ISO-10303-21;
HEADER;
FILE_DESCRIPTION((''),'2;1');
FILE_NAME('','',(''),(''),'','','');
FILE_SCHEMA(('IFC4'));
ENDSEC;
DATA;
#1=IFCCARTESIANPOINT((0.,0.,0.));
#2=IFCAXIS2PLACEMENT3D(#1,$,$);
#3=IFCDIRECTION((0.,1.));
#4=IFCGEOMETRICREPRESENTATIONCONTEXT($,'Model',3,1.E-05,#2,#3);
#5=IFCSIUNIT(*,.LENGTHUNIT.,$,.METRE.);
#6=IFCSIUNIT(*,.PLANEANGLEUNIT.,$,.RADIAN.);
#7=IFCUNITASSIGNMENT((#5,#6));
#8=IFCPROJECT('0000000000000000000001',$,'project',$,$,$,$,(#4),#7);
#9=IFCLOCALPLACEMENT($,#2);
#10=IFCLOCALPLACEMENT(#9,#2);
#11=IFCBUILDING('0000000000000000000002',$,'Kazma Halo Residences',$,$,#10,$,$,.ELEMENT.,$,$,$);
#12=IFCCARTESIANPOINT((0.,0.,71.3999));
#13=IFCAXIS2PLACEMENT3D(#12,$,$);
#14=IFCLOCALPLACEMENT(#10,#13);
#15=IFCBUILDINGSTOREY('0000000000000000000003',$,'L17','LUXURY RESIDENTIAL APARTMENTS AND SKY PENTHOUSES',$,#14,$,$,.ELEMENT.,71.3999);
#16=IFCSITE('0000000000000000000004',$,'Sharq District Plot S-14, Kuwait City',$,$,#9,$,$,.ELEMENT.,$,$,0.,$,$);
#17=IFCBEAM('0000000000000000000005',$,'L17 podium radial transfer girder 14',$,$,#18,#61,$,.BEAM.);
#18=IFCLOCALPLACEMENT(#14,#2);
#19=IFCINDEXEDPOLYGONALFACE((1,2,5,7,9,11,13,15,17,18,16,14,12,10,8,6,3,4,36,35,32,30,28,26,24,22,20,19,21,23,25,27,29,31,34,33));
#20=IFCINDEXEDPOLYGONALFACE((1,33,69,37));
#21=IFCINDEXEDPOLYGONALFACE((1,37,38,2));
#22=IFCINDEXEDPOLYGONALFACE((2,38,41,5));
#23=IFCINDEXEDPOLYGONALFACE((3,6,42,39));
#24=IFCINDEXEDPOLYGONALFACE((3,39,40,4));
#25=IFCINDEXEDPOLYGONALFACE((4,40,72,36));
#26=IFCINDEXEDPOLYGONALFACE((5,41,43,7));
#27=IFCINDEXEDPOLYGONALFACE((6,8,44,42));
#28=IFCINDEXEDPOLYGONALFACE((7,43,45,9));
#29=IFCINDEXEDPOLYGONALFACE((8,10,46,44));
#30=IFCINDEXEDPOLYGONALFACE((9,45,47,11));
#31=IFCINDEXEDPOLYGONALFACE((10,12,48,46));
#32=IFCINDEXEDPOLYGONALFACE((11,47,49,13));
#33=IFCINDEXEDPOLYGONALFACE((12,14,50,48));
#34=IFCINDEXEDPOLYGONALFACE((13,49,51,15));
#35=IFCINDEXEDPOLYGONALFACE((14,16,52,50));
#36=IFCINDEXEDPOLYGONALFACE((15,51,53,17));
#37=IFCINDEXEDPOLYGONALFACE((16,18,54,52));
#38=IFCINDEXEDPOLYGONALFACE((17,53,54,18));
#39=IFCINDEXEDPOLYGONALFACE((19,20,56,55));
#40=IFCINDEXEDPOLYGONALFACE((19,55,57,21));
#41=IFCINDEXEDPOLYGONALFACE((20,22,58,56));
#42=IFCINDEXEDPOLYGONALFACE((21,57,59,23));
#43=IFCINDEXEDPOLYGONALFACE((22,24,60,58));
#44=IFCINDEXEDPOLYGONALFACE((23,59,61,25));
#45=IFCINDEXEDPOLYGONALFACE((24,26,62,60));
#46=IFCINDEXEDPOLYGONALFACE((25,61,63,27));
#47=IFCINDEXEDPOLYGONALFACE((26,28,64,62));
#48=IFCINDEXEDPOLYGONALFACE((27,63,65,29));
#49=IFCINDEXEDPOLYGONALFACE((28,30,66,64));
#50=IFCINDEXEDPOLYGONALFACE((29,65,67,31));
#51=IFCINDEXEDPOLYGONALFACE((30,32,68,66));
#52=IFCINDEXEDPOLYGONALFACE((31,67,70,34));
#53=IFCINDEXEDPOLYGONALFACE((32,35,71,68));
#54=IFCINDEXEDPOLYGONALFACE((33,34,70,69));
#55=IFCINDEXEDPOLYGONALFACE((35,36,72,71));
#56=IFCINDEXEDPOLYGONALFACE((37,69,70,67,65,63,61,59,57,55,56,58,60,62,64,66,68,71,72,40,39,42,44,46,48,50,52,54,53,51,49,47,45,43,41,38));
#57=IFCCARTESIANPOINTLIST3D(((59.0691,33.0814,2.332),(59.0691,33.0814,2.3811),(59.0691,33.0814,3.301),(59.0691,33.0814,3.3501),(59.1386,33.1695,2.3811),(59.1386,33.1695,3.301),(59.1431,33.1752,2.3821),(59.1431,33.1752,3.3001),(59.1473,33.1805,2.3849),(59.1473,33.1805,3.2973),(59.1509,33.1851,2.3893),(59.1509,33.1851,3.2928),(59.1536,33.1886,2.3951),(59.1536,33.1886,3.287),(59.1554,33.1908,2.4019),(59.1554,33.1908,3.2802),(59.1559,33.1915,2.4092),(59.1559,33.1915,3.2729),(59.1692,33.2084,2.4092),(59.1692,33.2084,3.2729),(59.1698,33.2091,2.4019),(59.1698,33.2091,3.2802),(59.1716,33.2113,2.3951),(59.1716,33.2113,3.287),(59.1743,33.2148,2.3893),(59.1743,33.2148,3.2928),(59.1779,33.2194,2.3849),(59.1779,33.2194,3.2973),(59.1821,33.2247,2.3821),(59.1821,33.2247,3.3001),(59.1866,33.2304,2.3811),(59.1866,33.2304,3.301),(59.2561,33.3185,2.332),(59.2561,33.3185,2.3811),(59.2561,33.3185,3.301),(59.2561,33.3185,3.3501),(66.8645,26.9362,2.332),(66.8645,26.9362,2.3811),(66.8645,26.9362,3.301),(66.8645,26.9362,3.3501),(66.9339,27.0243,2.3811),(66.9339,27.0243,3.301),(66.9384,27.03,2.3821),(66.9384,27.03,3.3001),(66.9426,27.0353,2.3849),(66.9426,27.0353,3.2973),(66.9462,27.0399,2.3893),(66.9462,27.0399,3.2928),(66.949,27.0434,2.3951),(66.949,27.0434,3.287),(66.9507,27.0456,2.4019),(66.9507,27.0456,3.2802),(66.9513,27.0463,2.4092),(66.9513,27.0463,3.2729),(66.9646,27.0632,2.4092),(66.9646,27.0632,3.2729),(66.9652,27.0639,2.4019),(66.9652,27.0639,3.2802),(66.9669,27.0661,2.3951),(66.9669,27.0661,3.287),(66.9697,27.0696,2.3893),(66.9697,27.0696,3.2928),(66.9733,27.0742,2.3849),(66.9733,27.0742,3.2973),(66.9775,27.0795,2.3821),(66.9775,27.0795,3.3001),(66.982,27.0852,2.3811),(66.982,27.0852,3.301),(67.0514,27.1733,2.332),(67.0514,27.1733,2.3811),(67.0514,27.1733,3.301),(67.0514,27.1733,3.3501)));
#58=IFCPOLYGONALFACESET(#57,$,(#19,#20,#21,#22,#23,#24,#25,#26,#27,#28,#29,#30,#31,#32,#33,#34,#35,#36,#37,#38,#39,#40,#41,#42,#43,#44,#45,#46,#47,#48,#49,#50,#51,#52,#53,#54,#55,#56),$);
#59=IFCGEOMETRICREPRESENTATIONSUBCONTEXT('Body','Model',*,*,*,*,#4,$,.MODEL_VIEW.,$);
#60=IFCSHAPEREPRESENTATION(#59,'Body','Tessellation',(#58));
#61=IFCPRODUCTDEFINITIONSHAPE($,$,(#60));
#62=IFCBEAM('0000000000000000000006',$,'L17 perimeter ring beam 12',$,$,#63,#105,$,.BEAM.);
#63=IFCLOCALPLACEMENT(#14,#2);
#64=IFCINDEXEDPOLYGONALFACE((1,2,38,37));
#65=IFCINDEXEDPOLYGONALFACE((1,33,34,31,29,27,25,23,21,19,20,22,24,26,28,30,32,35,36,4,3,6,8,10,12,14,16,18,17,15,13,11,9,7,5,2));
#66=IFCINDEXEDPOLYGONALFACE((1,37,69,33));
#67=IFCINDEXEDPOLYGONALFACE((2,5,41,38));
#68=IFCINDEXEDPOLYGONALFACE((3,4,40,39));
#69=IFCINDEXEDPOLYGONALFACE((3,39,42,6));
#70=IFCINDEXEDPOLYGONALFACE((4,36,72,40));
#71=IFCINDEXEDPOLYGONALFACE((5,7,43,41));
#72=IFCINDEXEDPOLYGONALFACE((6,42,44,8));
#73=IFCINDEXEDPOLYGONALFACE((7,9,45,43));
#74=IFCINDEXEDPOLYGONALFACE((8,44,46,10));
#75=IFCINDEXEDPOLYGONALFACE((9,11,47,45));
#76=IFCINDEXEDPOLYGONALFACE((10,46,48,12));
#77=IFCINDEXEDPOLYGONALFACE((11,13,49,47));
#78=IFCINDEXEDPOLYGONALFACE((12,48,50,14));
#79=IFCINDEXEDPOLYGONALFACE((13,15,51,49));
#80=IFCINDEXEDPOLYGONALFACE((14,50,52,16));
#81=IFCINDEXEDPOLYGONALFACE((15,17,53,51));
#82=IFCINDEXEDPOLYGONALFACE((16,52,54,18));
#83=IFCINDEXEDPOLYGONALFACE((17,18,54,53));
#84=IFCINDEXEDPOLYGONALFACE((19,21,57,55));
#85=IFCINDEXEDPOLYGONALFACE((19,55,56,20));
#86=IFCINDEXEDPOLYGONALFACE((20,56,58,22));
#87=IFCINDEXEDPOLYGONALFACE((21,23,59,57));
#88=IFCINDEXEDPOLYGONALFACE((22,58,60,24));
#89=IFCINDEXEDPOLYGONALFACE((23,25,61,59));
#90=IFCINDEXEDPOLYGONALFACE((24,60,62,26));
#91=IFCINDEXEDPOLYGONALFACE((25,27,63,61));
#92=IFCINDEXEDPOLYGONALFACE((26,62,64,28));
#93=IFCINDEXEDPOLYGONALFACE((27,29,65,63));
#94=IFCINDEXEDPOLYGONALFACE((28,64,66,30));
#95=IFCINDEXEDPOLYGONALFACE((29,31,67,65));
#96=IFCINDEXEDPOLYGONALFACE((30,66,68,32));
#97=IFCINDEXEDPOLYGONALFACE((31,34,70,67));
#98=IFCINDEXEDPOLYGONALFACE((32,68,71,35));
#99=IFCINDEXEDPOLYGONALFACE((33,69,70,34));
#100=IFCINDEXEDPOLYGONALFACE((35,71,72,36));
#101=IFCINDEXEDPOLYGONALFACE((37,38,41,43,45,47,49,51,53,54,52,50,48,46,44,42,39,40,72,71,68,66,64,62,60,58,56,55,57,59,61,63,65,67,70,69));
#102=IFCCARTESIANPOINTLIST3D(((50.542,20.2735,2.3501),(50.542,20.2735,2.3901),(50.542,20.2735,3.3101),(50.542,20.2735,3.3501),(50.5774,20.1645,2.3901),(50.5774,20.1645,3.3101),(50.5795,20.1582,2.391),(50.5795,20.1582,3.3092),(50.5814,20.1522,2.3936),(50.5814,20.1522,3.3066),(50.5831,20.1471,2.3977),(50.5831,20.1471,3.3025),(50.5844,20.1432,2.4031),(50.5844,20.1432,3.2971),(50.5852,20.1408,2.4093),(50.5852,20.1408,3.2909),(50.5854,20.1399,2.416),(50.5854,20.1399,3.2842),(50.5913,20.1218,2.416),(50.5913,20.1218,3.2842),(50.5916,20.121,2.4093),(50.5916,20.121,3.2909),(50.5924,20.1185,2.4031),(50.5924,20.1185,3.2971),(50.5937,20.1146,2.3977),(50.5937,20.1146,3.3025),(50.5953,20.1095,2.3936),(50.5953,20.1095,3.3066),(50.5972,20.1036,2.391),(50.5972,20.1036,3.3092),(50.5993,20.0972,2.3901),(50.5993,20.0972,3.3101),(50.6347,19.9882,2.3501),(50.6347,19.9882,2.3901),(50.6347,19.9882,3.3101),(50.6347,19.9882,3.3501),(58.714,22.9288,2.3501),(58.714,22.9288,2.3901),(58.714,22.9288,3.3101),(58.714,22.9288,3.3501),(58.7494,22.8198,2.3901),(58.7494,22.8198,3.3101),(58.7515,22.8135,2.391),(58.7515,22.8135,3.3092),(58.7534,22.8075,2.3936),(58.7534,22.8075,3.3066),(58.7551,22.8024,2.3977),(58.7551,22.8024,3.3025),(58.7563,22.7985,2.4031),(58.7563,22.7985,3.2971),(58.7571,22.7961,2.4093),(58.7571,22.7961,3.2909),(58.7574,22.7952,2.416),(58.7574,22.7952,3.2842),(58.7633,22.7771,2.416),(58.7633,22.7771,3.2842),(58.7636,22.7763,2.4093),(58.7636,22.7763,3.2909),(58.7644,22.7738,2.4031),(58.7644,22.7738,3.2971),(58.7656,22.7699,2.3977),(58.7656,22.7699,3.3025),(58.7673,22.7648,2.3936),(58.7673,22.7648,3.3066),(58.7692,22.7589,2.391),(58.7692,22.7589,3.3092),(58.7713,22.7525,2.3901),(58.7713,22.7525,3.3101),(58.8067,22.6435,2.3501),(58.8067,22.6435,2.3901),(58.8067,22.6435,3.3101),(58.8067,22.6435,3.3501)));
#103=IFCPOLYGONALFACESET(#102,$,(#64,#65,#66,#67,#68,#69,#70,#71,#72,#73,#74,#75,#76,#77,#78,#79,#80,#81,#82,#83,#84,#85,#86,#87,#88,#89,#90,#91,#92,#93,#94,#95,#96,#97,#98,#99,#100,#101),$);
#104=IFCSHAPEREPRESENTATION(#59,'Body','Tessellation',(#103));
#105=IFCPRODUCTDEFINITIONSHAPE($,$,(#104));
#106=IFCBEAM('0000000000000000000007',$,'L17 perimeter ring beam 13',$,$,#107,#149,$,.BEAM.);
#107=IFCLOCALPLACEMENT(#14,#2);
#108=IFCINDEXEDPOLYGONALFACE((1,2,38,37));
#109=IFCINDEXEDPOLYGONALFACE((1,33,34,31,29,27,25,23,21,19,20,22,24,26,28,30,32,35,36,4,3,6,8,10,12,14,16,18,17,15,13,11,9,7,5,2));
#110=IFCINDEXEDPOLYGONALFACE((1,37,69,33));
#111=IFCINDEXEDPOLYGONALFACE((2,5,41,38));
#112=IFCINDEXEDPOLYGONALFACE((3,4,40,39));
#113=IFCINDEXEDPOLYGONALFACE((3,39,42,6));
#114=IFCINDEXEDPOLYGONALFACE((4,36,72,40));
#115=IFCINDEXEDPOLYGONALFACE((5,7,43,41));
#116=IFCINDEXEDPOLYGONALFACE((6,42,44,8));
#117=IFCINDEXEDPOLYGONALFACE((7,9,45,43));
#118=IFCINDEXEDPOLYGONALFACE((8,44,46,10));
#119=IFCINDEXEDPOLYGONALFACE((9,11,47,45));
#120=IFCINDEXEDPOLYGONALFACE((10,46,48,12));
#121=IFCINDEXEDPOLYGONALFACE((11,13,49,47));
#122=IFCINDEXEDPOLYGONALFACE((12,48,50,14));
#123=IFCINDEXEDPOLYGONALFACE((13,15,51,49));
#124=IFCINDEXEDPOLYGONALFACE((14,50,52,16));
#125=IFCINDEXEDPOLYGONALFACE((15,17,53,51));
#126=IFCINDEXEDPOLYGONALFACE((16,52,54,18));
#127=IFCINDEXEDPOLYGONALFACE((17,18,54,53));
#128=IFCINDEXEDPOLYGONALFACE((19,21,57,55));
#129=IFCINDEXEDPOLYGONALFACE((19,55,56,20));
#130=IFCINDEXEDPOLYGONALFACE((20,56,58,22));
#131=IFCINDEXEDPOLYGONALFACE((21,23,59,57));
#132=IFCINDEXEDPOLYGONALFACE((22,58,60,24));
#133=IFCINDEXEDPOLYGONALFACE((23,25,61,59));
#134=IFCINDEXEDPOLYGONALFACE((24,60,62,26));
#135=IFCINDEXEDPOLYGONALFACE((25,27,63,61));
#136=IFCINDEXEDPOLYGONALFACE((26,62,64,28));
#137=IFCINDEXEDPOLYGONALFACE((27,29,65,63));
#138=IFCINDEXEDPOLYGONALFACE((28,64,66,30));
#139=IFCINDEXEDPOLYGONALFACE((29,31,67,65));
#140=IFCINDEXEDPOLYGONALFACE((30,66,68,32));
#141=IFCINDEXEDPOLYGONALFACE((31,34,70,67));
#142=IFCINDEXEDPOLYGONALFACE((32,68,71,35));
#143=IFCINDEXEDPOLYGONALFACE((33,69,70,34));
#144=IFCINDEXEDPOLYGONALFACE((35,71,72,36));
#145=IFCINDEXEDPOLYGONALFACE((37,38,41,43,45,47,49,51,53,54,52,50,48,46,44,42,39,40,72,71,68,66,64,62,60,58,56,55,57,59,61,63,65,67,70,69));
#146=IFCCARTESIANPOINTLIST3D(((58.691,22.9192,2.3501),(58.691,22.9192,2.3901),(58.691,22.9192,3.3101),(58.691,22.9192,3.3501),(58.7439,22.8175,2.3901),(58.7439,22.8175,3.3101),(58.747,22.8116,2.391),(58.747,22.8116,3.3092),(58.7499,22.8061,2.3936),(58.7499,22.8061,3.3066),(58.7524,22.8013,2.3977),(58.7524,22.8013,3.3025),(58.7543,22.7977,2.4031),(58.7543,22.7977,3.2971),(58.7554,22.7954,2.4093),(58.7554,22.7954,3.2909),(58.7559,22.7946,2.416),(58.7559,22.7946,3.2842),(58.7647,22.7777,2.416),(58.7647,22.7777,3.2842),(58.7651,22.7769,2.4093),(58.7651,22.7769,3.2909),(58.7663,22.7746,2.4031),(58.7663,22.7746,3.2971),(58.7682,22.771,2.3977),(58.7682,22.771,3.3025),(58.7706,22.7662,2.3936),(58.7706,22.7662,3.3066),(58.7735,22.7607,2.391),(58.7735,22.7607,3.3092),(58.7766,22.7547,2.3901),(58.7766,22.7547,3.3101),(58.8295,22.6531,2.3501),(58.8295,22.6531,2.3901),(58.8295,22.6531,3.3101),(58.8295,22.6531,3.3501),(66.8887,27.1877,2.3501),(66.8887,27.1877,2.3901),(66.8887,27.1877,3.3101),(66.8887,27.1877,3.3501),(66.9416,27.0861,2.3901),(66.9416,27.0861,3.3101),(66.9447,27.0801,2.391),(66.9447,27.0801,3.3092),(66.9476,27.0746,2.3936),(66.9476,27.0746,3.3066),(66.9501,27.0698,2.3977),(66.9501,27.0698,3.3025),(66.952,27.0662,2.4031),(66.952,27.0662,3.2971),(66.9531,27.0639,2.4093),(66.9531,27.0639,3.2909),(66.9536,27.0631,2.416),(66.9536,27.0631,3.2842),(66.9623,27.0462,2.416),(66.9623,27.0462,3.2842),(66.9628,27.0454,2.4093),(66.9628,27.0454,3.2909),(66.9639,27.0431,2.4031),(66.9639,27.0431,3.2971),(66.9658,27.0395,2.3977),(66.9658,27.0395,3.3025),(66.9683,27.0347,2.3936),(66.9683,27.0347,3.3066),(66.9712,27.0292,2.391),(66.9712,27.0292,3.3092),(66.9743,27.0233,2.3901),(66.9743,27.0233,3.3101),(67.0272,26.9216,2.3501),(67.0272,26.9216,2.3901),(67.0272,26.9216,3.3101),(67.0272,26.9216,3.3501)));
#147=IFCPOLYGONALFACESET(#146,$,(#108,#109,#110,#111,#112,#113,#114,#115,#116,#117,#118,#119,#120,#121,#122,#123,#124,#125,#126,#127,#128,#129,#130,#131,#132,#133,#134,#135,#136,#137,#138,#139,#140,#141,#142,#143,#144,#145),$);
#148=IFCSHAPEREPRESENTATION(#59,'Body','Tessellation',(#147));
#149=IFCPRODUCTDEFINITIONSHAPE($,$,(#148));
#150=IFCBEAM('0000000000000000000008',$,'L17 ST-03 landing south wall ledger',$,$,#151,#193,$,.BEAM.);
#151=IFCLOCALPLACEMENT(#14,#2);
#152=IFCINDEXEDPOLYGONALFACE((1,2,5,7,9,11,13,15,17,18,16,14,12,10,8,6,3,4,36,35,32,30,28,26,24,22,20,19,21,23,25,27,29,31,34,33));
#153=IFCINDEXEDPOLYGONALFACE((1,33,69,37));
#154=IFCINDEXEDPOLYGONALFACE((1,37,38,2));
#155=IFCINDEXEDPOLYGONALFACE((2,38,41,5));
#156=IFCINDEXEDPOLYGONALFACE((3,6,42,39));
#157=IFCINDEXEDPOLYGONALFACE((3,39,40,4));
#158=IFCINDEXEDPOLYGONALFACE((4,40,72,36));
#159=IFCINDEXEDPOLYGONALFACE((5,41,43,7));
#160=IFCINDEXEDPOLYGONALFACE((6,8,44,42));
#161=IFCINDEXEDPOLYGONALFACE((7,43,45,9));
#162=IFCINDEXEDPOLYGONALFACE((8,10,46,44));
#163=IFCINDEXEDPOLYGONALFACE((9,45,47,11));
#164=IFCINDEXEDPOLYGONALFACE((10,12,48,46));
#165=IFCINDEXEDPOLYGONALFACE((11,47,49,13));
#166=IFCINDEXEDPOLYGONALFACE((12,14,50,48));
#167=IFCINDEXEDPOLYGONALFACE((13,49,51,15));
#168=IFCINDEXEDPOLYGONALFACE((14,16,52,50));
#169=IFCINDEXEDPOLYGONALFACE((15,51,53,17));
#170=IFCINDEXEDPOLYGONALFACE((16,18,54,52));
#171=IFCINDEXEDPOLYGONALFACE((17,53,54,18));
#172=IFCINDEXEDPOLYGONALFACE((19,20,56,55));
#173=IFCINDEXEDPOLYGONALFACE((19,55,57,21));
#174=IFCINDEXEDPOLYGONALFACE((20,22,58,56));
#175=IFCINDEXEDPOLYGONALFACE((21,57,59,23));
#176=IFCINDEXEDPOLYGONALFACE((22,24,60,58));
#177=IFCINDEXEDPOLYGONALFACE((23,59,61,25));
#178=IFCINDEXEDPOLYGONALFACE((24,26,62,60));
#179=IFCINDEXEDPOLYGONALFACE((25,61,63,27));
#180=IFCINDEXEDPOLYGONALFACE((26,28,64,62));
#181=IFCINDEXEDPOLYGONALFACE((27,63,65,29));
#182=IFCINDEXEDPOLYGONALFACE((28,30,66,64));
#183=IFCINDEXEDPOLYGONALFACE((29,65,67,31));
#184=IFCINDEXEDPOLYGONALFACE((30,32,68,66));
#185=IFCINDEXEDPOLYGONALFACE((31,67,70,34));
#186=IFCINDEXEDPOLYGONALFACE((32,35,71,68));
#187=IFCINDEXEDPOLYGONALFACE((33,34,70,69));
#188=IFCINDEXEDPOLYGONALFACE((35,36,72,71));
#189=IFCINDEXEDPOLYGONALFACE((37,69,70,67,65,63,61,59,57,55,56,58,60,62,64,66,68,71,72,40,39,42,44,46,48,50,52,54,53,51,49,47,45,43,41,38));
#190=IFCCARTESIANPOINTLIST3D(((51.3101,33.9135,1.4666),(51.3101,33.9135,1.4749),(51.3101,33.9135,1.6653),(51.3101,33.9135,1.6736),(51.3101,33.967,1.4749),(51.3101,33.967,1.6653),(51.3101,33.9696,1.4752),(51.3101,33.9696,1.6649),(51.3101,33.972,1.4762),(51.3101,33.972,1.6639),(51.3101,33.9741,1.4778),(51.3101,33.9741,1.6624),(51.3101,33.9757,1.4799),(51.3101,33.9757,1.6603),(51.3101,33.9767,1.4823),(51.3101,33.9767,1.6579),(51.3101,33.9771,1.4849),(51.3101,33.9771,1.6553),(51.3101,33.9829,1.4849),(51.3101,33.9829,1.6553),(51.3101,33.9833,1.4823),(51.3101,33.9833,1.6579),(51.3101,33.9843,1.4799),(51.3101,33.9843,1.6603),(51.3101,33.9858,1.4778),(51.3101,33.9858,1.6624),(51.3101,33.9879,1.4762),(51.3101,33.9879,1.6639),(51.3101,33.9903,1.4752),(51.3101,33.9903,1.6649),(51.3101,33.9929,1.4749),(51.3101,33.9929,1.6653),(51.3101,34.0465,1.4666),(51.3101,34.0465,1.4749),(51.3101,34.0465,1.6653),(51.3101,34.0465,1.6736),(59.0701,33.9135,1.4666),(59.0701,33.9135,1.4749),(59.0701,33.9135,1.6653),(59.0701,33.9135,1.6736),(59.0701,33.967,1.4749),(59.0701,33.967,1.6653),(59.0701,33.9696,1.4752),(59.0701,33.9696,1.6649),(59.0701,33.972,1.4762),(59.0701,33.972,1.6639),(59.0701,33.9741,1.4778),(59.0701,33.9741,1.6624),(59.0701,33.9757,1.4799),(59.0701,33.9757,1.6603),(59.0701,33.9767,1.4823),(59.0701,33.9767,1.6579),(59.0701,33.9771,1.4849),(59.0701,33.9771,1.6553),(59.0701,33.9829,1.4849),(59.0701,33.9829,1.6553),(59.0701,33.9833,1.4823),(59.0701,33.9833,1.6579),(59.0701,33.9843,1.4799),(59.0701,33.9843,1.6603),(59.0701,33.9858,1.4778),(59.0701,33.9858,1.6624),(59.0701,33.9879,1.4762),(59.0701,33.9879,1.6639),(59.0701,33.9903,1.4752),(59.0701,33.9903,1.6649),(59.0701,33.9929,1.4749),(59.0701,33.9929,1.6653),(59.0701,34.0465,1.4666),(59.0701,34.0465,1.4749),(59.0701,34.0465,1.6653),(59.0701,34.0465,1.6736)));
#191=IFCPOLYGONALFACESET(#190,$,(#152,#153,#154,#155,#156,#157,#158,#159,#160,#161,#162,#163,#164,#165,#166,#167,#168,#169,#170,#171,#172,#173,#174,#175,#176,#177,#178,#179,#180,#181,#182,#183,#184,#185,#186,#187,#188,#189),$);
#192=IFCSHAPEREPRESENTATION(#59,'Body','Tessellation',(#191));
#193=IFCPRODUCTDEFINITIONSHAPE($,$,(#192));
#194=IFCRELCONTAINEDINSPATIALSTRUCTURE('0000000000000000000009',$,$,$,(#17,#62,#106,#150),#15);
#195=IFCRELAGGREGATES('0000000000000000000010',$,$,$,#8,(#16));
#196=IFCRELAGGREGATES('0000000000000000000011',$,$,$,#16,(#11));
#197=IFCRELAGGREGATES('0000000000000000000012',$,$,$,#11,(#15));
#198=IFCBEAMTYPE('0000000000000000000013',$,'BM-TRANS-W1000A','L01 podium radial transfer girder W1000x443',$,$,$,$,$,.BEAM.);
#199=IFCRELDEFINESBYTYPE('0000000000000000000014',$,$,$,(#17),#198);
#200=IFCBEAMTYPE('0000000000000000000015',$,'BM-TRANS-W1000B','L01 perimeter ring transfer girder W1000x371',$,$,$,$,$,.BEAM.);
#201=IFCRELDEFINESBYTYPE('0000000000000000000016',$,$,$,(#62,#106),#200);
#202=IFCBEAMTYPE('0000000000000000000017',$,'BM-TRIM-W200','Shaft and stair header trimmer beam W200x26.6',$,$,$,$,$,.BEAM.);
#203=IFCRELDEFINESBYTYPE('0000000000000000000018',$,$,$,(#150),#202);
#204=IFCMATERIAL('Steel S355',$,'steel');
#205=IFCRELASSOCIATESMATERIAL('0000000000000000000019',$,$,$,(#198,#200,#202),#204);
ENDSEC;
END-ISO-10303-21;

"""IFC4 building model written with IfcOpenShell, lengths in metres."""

from ifc_helpers import new_model, si_unit, direction, frame, origin, origin_2d, place, context, subcontext, project, spatial, i_section, extrude, material, material_profile, profile_set, type_object, element, save


model = new_model("IFC4")

# Units and contexts
model_context = context("Model", 3, precision=1e-05, world=origin(), true_north=direction((0.0, 1.0)))
body_context = subcontext(model_context, "Body", "Model", "MODEL_VIEW")
ifc_project = project(units=[si_unit("LENGTHUNIT", "METRE"), si_unit("PLANEANGLEUNIT", "RADIAN")], contexts=[model_context])

# Site, building, storey
site_placement = place(None, origin())
site = spatial("IfcSite", under=ifc_project, at=site_placement, Name="Sharq District Plot S-14, Kuwait City", CompositionType="ELEMENT", RefElevation=0.0)
building_placement = place(site_placement, origin())
building = spatial("IfcBuilding", under=site, at=building_placement, Name="Kazma Halo Residences", CompositionType="ELEMENT")
storey_placement = place(building_placement, frame((0.0, 0.0, 71.3999)))
storey = spatial("IfcBuildingStorey", under=building, at=storey_placement, Name="L17", Description="LUXURY RESIDENTIAL APARTMENTS AND SKY PENTHOUSES", CompositionType="ELEMENT", Elevation=71.3999)

# Beams
ifc_material_1 = material(Name="Steel S355", Category="steel")
ifc_material_profile_1 = material_profile(ifc_material_1, i_section(OverallWidth=0.302, OverallDepth=1.0181, WebThickness=0.0215, FlangeThickness=0.0491, FilletRadius=0.0281, at=origin_2d()), Name="W1000x443")
ifc_profile_set_1 = profile_set([ifc_material_profile_1], Name="Steel S355")
beam_type_1 = type_object("IfcBeamType", Name="BM-TRANS-W1000A", Description="L01 podium radial transfer girder W1000x443", PredefinedType="BEAM", material=ifc_profile_set_1)
beam_1_placement = place(storey_placement, frame((59.1626, 33.2, 2.8411), z_axis=(0.785324, -0.619085, 0.0), x_axis=(0.619085, 0.785324, 0.0)))
element("IfcBeam", 1, at=beam_1_placement, inside=storey, type_object=beam_type_1, Name="L17 podium radial transfer girder 14", PredefinedType="BEAM", context=body_context, shape_type="SweptSolid", body=[
    extrude(i_section(OverallWidth=0.302, OverallDepth=1.0181, WebThickness=0.0215, FlangeThickness=0.0491, FilletRadius=0.0281, at=origin_2d()), origin(), (0.0, 0.0, 1.0), 9.9263),
])
ifc_material_profile_2 = material_profile(ifc_material_1, i_section(OverallWidth=0.3, OverallDepth=1.0, WebThickness=0.019, FlangeThickness=0.04, FilletRadius=0.0259, at=origin_2d()), Name="W1000x371")
ifc_profile_set_2 = profile_set([ifc_material_profile_2], Name="Steel S355")
beam_type_2 = type_object("IfcBeamType", Name="BM-TRANS-W1000B", Description="L01 perimeter ring transfer girder W1000x371", PredefinedType="BEAM", material=ifc_profile_set_2)
beam_2_placement = place(storey_placement, frame((50.5884, 20.1309, 2.8501), z_axis=(0.951054, 0.309024, 0.0), x_axis=(-0.309024, 0.951054, 0.0)))
element("IfcBeam", 2, at=beam_2_placement, inside=storey, type_object=beam_type_2, Name="L17 perimeter ring beam 12", PredefinedType="BEAM", context=body_context, shape_type="SweptSolid", body=[
    extrude(i_section(OverallWidth=0.3, OverallDepth=1.0, WebThickness=0.019, FlangeThickness=0.04, FilletRadius=0.0259, at=origin_2d()), origin(), (0.0, 0.0, 1.0), 8.5925),
])
beam_3_placement = place(storey_placement, frame((58.7603, 22.7861, 2.8501), z_axis=(0.886963, 0.46184, 0.0), x_axis=(-0.46184, 0.886963, 0.0)))
element("IfcBeam", 3, at=beam_3_placement, inside=storey, type_object=beam_type_2, Name="L17 perimeter ring beam 13", PredefinedType="BEAM", context=body_context, shape_type="SweptSolid", body=[
    extrude(i_section(OverallWidth=0.3, OverallDepth=1.0, WebThickness=0.019, FlangeThickness=0.04, FilletRadius=0.0259, at=origin_2d()), origin(), (0.0, 0.0, 1.0), 9.2424),
])
ifc_material_profile_3 = material_profile(ifc_material_1, i_section(OverallWidth=0.1331, OverallDepth=0.207, WebThickness=0.0059, FlangeThickness=0.0083, FilletRadius=0.01, at=origin_2d()), Name="W200x26.6")
ifc_profile_set_3 = profile_set([ifc_material_profile_3], Name="Steel S355")
beam_type_3 = type_object("IfcBeamType", Name="BM-TRIM-W200", Description="Shaft and stair header trimmer beam W200x26.6", PredefinedType="BEAM", material=ifc_profile_set_3)
beam_4_placement = place(storey_placement, frame((51.3101, 33.98, 1.5701), z_axis=(1.0, 0.0, 0.0), x_axis=(0.0, 1.0, 0.0)))
element("IfcBeam", 4, at=beam_4_placement, inside=storey, type_object=beam_type_3, Name="L17 ST-03 landing south wall ledger", PredefinedType="BEAM", context=body_context, shape_type="SweptSolid", body=[
    extrude(i_section(OverallWidth=0.1331, OverallDepth=0.207, WebThickness=0.0059, FlangeThickness=0.0083, FilletRadius=0.01, at=origin_2d()), origin(), (0.0, 0.0, 1.0), 7.76),
])

save(model, "model.ifc")
